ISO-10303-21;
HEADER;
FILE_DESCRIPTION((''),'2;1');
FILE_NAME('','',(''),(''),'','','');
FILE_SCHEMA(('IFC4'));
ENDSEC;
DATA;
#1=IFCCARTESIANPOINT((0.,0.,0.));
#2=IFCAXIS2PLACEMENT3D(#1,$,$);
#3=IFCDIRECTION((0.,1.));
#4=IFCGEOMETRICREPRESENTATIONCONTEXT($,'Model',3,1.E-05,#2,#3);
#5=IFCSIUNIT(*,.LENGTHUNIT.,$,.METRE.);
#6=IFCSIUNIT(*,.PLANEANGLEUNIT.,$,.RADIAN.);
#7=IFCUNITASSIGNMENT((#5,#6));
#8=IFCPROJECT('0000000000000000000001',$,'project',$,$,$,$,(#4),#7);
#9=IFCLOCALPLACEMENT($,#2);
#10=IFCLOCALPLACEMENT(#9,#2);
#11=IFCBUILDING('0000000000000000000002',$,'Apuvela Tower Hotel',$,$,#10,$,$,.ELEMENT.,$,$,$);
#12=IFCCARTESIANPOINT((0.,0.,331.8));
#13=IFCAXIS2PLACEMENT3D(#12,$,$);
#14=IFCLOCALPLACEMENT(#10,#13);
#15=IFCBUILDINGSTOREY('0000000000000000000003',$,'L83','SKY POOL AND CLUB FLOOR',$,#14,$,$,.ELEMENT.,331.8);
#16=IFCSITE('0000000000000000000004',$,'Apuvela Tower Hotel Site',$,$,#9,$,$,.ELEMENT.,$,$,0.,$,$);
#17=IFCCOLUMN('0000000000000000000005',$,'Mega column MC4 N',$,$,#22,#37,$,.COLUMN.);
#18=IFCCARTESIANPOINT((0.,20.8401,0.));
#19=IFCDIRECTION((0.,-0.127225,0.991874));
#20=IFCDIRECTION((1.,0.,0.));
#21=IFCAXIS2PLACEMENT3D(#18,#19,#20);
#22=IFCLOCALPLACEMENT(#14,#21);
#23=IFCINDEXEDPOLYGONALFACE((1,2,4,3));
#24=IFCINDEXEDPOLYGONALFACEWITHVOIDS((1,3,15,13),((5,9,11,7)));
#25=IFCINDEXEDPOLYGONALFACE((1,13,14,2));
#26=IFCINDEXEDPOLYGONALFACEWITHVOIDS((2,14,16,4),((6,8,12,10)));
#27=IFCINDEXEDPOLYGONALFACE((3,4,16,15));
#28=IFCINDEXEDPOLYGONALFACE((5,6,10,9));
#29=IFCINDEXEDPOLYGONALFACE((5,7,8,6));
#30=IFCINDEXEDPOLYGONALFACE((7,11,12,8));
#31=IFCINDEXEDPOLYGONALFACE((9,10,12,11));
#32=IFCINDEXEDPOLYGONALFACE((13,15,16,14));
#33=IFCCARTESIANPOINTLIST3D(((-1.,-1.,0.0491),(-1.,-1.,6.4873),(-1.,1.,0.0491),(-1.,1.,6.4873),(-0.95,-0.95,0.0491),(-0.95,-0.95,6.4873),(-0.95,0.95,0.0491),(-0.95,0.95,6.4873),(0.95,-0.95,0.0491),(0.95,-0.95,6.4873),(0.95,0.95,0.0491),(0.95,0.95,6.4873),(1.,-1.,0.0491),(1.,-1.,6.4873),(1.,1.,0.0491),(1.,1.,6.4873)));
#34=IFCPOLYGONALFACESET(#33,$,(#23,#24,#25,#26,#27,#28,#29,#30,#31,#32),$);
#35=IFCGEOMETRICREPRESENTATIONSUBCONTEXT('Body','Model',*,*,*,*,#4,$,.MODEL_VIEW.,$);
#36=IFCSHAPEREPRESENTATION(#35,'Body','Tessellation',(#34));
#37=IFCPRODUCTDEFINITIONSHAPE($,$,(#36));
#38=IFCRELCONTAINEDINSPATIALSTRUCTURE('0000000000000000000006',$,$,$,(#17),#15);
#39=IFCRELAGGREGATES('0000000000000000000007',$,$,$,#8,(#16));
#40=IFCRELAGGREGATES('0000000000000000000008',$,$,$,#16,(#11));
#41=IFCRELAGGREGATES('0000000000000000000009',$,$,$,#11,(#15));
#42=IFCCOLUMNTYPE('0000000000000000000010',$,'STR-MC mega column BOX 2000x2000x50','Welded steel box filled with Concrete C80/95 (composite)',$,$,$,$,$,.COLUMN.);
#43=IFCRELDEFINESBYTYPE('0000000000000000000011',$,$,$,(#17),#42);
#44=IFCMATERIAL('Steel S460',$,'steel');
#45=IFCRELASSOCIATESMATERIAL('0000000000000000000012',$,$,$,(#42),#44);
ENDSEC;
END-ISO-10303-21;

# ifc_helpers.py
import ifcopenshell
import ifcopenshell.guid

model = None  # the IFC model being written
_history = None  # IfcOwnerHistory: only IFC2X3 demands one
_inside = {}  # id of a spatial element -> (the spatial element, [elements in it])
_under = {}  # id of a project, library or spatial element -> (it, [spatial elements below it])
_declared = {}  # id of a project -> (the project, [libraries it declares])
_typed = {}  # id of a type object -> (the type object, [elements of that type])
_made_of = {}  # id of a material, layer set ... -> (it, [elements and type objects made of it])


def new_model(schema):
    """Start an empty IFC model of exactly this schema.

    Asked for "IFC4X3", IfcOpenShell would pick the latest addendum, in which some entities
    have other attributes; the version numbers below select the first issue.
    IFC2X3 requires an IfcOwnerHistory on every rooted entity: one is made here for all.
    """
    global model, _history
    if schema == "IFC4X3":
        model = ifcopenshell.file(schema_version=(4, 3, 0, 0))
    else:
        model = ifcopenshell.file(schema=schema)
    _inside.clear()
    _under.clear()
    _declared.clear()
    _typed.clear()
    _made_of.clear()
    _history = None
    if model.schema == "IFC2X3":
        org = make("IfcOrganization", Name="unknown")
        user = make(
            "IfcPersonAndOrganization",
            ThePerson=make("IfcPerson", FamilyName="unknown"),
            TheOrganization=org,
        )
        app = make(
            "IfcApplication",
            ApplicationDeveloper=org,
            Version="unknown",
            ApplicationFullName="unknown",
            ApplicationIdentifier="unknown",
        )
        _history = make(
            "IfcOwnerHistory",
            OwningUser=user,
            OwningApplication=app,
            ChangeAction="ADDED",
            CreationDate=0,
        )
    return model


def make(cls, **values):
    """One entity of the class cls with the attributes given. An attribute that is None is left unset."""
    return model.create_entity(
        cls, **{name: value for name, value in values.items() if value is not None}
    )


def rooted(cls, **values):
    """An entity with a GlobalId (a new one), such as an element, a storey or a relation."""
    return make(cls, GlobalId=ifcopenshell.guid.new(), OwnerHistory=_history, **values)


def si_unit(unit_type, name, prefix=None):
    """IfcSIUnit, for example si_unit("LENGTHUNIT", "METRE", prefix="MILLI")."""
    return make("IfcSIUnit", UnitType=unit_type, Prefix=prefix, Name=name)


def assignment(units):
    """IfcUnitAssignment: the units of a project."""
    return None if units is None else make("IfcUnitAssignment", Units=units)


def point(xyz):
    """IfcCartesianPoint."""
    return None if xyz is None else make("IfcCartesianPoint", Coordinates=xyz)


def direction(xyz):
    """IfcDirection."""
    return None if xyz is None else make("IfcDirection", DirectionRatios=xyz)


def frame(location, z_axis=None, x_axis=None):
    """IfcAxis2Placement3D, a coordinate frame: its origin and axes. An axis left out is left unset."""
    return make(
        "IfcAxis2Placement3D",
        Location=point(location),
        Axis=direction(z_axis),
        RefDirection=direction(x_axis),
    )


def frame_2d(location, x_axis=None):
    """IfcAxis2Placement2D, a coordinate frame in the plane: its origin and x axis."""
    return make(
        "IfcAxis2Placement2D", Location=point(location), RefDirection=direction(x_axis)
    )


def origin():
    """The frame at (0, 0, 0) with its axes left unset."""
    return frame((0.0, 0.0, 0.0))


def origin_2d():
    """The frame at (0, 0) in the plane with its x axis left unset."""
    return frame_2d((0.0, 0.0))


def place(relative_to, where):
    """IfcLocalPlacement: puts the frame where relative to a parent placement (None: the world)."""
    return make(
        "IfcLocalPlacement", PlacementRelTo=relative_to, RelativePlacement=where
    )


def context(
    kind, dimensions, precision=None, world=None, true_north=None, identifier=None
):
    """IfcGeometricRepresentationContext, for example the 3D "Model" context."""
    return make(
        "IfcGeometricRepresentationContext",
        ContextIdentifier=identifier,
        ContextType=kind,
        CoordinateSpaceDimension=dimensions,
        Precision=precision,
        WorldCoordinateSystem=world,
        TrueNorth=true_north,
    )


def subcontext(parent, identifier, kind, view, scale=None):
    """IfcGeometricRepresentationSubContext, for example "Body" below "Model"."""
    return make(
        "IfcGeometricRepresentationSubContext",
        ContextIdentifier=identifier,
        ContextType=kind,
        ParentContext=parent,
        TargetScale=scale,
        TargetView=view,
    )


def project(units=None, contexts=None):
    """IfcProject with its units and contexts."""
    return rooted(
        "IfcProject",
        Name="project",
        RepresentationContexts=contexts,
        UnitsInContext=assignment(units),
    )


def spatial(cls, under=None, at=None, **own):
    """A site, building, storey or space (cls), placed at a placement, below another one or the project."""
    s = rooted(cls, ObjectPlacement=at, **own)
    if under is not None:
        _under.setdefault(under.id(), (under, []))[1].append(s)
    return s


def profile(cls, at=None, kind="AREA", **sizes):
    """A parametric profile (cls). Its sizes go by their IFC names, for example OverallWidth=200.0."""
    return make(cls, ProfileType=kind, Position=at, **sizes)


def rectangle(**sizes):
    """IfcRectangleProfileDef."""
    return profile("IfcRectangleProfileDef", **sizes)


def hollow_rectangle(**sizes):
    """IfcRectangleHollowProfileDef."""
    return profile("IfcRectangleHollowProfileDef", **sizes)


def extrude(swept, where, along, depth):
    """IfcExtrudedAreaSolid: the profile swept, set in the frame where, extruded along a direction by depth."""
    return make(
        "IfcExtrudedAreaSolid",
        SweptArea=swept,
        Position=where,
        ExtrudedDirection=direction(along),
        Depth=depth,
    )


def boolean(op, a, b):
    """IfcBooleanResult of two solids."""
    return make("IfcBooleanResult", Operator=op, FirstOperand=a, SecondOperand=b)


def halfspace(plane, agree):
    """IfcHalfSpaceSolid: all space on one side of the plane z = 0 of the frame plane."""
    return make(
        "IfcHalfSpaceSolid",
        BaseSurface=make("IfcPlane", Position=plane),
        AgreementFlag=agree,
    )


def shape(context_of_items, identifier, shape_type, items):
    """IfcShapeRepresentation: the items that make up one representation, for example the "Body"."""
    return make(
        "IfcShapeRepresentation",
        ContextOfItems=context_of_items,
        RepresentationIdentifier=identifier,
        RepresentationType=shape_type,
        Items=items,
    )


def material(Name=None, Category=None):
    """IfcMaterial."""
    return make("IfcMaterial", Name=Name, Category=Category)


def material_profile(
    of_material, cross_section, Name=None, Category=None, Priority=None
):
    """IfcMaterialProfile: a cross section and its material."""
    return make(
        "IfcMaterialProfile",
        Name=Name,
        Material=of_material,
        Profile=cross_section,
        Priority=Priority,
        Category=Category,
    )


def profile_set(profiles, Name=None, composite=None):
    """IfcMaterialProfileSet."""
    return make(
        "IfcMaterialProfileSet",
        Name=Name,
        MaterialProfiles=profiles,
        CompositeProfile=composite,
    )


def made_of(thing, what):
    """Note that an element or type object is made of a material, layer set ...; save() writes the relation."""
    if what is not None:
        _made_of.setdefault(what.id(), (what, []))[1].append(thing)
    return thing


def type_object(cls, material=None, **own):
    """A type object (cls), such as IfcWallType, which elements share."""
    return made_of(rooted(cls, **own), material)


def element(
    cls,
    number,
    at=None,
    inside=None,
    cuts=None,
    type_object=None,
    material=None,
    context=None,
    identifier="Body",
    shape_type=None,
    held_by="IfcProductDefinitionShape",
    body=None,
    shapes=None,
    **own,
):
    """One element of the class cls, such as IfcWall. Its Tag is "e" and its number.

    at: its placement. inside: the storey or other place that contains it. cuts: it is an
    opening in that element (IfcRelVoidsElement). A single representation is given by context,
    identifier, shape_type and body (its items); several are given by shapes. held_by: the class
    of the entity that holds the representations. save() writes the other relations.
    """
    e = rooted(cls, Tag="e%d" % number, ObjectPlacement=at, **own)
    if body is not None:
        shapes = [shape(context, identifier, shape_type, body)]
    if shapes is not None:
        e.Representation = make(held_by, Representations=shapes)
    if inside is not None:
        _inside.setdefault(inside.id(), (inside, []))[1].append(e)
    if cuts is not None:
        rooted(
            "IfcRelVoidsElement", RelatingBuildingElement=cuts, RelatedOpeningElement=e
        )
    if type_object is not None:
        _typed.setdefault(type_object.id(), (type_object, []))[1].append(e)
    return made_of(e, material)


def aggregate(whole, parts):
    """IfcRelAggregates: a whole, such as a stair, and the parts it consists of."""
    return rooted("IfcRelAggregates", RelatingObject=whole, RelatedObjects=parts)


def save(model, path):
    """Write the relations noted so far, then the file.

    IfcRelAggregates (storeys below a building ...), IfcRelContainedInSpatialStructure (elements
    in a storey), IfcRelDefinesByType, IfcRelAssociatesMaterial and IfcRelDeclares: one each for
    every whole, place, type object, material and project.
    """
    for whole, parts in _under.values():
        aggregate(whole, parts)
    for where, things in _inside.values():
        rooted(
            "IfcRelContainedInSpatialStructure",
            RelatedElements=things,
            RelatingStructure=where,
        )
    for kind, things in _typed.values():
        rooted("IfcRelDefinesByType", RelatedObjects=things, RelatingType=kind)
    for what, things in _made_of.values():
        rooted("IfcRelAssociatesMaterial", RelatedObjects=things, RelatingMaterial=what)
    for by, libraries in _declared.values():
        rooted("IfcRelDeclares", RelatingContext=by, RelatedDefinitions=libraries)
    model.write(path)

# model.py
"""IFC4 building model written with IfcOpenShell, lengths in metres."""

from ifc_helpers import new_model, si_unit, direction, frame, origin, origin_2d, place, context, subcontext, project, spatial, rectangle, hollow_rectangle, extrude, boolean, halfspace, material, material_profile, profile_set, type_object, element, save


model = new_model("IFC4")

# Units and contexts
model_context = context("Model", 3, precision=1e-05, world=origin(), true_north=direction((0.0, 1.0)))
body_context = subcontext(model_context, "Body", "Model", "MODEL_VIEW")
ifc_project = project(units=[si_unit("LENGTHUNIT", "METRE"), si_unit("PLANEANGLEUNIT", "RADIAN")], contexts=[model_context])

# Site, building, storey
site_placement = place(None, origin())
site = spatial("IfcSite", under=ifc_project, at=site_placement, Name="Apuvela Tower Hotel Site", CompositionType="ELEMENT", RefElevation=0.0)
building_placement = place(site_placement, origin())
building = spatial("IfcBuilding", under=site, at=building_placement, Name="Apuvela Tower Hotel", CompositionType="ELEMENT")
storey_placement = place(building_placement, frame((0.0, 0.0, 331.8)))
storey = spatial("IfcBuildingStorey", under=building, at=storey_placement, Name="L83", Description="SKY POOL AND CLUB FLOOR", CompositionType="ELEMENT", Elevation=331.8)

# Column
ifc_material_1 = material(Name="Steel S460", Category="steel")
ifc_material_profile_1 = material_profile(ifc_material_1, hollow_rectangle(XDim=2.0, YDim=2.0, WallThickness=0.05, at=origin_2d()), Name="BOX 2000x2000x50")
ifc_material_2 = material(Name="Concrete C80/95", Category="concrete")
ifc_material_profile_2 = material_profile(ifc_material_2, rectangle(XDim=1.8999, YDim=1.8999, at=origin_2d()), Name="Concrete C80/95 infill")
ifc_profile_set_1 = profile_set([ifc_material_profile_1, ifc_material_profile_2], Name="Steel S460")
column_type_1 = type_object("IfcColumnType", Name="STR-MC mega column BOX 2000x2000x50", Description="Welded steel box filled with Concrete C80/95 (composite)", PredefinedType="COLUMN", material=ifc_profile_set_1)
column_1_placement = place(storey_placement, frame((0.0, 20.8401, 0.0), z_axis=(0.0, -0.127225, 0.991874), x_axis=(1.0, 0.0, 0.0)))
element("IfcColumn", 1, at=column_1_placement, inside=storey, type_object=column_type_1, Name="Mega column MC4 N", PredefinedType="COLUMN", context=body_context, shape_type="SweptSolid", body=[
    boolean("DIFFERENCE", boolean("DIFFERENCE", extrude(hollow_rectangle(XDim=2.0, YDim=2.0, WallThickness=0.05, at=origin_2d()), origin(), (0.0, 0.0, 1.0), 6.5532), halfspace(frame((0.0, 0.0, 0.0491), z_axis=(0.0, 0.0, 1.0), x_axis=(1.0, 0.0, 0.0)), True)), halfspace(frame((0.0, 0.0, 6.4873), z_axis=(0.0, 0.0, 1.0), x_axis=(1.0, 0.0, 0.0)), False)),
])

save(model, "model.ifc")
